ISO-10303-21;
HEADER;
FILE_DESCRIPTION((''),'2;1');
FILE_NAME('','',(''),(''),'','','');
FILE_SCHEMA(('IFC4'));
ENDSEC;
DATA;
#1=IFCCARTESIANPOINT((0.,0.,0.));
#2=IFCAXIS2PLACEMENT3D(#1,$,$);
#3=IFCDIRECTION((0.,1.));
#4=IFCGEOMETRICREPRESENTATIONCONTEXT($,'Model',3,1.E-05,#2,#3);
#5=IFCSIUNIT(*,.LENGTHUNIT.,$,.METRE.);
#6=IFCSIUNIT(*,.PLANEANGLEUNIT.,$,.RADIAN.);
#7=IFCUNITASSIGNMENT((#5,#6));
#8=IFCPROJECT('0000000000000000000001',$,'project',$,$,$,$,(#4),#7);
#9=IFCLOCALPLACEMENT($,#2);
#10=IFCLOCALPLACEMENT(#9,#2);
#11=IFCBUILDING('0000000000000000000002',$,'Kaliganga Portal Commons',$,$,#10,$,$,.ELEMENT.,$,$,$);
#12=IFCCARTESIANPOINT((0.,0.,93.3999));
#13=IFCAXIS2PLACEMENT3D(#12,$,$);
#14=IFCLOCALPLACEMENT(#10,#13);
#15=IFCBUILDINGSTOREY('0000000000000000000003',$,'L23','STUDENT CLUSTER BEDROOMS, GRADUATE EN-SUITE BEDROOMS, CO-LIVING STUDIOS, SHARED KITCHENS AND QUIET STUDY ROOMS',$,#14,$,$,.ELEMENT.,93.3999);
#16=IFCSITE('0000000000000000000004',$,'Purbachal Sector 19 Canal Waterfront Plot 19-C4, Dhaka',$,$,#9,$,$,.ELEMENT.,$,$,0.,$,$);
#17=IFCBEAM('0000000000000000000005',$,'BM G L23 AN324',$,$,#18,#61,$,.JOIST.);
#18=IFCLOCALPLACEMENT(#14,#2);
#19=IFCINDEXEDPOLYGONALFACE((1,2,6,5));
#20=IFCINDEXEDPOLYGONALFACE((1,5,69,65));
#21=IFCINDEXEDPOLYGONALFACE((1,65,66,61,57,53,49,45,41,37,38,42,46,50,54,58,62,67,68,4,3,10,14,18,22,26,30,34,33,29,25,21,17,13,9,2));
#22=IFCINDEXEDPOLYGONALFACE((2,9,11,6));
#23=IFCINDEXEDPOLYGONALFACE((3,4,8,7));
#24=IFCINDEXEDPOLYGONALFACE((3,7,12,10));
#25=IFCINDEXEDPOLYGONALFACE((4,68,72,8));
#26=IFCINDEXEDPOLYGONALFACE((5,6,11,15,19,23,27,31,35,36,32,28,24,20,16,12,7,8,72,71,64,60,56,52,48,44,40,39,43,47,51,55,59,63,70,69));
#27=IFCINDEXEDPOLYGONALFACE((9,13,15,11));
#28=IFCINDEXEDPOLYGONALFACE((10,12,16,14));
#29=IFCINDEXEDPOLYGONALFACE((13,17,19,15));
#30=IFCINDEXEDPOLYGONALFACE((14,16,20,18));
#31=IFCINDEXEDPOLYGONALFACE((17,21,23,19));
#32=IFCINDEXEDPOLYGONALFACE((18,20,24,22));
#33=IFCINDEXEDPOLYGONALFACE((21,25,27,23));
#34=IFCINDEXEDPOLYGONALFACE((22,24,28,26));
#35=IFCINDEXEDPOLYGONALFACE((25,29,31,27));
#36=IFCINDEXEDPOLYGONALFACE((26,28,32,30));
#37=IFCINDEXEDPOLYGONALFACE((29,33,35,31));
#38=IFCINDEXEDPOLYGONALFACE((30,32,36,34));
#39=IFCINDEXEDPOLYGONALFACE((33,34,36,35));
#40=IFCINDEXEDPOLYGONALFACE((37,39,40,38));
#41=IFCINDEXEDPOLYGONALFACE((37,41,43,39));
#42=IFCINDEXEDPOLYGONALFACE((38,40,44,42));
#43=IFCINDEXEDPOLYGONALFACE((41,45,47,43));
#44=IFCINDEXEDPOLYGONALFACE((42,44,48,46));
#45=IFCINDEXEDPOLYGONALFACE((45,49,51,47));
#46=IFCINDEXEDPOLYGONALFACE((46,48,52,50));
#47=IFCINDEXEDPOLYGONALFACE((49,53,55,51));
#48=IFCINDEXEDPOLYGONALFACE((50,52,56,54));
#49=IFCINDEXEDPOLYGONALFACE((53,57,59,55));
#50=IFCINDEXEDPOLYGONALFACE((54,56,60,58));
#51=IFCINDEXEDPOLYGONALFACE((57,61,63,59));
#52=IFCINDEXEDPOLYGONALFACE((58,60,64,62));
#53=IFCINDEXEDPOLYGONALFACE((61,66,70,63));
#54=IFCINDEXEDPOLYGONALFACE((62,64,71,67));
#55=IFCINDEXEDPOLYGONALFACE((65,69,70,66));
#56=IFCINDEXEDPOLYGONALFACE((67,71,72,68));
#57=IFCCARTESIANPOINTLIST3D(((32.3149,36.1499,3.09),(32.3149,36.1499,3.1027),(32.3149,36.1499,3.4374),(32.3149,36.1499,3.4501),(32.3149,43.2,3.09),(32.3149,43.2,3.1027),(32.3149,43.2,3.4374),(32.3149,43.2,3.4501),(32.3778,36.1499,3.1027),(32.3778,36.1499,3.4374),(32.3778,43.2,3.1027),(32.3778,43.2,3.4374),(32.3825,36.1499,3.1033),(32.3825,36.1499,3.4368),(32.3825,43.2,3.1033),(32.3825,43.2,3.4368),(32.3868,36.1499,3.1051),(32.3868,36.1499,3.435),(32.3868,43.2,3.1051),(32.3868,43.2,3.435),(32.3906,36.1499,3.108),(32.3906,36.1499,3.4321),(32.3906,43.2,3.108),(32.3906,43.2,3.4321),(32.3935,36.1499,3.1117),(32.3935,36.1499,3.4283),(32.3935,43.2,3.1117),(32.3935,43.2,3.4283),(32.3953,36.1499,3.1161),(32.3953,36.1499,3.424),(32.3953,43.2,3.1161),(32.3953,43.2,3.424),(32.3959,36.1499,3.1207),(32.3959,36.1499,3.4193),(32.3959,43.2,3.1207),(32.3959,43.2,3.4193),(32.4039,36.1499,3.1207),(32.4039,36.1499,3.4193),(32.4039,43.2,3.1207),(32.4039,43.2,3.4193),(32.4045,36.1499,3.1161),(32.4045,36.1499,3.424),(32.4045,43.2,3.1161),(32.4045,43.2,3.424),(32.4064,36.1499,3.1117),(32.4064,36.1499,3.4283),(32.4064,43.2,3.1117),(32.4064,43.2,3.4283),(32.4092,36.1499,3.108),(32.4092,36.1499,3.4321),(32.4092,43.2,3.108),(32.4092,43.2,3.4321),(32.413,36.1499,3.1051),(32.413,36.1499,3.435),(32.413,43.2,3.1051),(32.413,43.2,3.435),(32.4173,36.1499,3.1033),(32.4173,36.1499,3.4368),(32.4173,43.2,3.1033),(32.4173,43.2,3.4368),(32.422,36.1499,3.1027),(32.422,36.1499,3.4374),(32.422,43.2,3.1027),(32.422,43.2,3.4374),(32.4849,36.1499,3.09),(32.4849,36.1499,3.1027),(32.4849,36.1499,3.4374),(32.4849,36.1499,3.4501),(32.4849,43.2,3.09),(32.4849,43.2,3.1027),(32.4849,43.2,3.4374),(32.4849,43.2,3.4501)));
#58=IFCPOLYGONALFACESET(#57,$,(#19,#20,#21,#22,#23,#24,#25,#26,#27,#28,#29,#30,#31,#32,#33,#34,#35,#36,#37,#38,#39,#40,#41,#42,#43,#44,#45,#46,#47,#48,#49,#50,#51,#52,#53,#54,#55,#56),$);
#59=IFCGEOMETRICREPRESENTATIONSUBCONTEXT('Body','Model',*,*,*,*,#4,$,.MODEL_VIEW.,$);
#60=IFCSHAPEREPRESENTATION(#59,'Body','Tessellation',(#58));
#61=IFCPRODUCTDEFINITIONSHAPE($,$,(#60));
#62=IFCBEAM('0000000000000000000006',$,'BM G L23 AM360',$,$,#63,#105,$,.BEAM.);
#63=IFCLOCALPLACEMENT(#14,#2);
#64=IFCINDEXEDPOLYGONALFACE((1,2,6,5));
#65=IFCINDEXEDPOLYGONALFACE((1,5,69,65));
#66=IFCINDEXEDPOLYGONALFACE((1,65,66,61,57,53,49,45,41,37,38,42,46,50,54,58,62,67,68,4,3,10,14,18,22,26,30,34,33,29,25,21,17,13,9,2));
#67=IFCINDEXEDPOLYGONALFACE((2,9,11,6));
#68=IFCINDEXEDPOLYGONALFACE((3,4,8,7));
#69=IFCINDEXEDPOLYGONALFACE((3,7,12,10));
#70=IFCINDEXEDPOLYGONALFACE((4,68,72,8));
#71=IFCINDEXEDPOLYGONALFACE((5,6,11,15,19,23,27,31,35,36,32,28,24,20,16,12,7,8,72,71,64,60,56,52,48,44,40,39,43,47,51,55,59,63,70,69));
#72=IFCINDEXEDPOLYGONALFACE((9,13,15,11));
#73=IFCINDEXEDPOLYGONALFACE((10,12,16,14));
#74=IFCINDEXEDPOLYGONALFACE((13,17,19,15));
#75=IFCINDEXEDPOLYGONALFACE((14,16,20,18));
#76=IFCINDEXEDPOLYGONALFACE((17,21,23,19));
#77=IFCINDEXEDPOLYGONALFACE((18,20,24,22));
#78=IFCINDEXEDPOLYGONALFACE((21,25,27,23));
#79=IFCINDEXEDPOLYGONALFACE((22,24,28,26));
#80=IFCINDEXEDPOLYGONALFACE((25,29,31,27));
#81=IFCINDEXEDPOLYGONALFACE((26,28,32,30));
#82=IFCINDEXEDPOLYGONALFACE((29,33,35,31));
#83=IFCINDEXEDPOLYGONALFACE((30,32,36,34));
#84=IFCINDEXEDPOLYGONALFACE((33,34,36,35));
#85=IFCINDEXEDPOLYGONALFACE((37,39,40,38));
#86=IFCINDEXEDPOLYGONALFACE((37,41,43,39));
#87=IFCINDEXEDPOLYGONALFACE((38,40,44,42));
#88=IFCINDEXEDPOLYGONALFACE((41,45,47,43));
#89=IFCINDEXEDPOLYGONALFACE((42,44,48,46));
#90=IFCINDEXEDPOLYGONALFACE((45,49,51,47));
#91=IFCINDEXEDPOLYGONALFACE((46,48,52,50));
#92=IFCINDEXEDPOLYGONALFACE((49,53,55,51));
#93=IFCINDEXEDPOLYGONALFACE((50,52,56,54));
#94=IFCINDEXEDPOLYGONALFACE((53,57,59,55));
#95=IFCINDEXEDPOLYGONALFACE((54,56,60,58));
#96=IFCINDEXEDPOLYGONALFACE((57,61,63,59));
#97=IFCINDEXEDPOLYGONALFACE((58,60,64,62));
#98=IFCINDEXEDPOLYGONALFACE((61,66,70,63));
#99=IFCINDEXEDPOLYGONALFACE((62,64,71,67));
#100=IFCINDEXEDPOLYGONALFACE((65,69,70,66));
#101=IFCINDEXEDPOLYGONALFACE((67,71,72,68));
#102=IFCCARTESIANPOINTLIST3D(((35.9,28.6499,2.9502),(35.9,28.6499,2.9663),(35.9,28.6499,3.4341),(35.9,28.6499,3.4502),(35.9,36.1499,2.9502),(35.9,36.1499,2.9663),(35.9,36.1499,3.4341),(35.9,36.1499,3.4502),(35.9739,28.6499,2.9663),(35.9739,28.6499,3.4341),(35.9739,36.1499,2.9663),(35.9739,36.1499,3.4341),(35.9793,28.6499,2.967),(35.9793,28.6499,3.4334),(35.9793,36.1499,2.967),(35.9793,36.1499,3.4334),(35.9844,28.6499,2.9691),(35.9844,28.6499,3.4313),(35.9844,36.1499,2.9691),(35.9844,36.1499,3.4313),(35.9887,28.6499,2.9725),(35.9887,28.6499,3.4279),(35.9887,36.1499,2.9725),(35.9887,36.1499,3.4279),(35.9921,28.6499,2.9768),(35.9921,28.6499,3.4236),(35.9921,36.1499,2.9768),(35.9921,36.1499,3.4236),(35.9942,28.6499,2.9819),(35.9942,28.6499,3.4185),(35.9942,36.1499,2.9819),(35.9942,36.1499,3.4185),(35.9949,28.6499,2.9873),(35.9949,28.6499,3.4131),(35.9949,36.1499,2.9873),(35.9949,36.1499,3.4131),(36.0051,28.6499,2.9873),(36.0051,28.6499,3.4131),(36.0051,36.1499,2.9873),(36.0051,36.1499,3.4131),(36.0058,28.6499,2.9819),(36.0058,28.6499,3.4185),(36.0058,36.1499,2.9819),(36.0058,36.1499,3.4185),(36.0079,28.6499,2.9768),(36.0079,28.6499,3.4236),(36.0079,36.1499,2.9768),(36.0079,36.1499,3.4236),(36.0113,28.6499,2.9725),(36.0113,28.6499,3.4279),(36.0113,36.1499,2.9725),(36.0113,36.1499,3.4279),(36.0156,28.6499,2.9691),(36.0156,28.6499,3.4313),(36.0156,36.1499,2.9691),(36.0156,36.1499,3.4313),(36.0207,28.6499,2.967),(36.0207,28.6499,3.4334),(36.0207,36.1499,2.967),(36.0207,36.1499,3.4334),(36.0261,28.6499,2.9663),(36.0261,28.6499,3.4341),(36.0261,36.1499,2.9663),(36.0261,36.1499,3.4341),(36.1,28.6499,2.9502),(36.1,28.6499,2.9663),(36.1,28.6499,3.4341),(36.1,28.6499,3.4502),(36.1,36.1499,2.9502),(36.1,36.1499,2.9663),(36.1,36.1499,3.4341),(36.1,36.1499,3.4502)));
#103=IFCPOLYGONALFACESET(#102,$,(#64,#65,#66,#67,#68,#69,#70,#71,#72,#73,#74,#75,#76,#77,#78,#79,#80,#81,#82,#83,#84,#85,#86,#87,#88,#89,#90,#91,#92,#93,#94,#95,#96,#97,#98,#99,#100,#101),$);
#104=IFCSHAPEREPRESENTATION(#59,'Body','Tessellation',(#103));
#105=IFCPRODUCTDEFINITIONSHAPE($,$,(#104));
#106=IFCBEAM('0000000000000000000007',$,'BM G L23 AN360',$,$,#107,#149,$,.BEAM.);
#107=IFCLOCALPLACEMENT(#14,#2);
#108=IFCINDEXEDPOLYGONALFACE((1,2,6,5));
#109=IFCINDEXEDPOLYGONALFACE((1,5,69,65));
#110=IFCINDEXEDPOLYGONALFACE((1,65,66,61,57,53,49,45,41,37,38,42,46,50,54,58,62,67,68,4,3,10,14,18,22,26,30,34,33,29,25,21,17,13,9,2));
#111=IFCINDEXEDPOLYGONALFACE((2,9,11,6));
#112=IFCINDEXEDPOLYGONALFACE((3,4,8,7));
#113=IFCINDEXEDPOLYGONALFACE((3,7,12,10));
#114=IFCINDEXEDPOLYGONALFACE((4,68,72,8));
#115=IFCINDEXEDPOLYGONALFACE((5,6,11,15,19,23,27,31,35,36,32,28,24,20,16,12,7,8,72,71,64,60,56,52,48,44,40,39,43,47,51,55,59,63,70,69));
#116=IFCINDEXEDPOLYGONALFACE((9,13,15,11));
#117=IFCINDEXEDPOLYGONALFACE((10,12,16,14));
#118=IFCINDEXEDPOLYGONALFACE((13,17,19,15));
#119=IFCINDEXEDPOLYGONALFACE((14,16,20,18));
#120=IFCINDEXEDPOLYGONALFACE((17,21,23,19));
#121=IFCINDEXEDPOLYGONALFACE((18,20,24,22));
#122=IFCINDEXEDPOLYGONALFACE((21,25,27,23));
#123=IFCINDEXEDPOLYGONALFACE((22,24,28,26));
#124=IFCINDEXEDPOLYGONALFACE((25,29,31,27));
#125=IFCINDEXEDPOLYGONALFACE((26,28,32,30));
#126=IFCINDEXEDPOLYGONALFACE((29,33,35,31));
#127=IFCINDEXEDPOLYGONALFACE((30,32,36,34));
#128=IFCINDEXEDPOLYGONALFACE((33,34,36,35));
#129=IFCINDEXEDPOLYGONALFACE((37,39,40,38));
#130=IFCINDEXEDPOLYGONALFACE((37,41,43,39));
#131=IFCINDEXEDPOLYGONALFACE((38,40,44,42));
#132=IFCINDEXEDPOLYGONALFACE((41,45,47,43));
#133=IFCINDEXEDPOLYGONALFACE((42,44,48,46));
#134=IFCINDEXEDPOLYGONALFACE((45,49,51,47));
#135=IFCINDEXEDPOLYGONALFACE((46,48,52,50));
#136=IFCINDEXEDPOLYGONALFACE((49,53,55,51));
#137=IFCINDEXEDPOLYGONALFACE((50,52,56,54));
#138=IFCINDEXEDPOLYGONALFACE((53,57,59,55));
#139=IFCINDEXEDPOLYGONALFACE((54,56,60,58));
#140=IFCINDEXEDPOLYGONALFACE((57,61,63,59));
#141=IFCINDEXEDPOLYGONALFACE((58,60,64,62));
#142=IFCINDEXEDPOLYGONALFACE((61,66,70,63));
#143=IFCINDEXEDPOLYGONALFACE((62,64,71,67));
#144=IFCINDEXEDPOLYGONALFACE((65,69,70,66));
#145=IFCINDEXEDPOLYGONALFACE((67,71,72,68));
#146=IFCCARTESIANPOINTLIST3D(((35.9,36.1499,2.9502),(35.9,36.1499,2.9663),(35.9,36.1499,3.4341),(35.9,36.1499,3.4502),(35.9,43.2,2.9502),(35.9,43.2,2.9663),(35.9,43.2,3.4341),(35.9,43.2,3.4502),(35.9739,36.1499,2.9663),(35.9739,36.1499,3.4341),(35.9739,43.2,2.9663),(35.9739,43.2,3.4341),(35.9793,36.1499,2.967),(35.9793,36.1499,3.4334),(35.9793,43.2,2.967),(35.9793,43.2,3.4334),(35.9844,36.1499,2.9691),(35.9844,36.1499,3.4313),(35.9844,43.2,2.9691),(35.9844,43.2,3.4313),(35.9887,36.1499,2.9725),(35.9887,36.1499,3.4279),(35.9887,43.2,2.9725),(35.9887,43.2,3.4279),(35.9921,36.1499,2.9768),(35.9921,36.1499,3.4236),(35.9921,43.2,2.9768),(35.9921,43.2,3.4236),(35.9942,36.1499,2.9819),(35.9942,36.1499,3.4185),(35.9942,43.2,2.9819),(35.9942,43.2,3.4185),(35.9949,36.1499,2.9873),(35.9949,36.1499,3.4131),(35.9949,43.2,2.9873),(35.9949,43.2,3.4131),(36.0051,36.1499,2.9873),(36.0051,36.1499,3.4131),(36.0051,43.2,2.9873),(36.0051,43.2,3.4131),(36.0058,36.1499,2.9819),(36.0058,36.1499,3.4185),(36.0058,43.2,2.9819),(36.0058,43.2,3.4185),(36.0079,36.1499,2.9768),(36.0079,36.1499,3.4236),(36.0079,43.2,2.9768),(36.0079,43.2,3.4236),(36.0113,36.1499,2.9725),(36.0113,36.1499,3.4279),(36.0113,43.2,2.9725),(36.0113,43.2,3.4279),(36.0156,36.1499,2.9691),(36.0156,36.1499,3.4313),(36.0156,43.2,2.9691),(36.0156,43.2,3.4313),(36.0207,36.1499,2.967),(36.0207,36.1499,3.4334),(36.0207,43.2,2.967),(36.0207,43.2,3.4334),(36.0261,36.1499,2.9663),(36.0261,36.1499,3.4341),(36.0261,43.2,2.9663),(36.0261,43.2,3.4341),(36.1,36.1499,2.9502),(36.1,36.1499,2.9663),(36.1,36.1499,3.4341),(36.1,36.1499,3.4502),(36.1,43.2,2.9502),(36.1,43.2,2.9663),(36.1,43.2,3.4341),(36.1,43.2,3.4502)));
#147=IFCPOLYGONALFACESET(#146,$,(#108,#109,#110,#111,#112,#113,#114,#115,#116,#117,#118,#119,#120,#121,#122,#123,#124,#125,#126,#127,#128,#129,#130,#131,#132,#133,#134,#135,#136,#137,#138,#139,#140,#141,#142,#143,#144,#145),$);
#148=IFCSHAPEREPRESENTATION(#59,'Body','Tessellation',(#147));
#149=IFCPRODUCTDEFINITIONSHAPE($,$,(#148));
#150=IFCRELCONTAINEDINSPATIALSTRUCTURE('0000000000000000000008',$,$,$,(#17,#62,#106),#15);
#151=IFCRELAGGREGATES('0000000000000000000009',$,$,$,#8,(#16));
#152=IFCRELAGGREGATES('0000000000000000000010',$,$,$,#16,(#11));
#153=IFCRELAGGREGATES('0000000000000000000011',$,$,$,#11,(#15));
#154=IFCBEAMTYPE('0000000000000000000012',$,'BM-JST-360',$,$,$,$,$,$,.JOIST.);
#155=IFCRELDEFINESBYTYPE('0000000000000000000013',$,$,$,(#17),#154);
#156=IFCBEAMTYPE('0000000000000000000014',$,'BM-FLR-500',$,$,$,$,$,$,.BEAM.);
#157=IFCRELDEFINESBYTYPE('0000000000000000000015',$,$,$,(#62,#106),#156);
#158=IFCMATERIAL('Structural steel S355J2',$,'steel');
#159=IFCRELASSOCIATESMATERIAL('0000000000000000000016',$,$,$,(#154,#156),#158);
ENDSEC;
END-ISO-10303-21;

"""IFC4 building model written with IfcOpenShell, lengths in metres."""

from ifc_helpers import new_model, si_unit, direction, frame, origin, origin_2d, place, context, subcontext, project, spatial, i_section, extrude, source, transform, mapped, material, material_profile, profile_set, type_object, element, save


model = new_model("IFC4")

# Units and contexts
model_context = context("Model", 3, precision=1e-05, world=origin(), true_north=direction((0.0, 1.0)))
body_context = subcontext(model_context, "Body", "Model", "MODEL_VIEW")
ifc_project = project(units=[si_unit("LENGTHUNIT", "METRE"), si_unit("PLANEANGLEUNIT", "RADIAN")], contexts=[model_context])

# Site, building, storey
site_placement = place(None, origin())
site = spatial("IfcSite", under=ifc_project, at=site_placement, Name="Purbachal Sector 19 Canal Waterfront Plot 19-C4, Dhaka", CompositionType="ELEMENT", RefElevation=0.0)
building_placement = place(site_placement, origin())
building = spatial("IfcBuilding", under=site, at=building_placement, Name="Kaliganga Portal Commons", CompositionType="ELEMENT")
storey_placement = place(building_placement, frame((0.0, 0.0, 93.3999)))
storey = spatial("IfcBuildingStorey", under=building, at=storey_placement, Name="L23", Description="STUDENT CLUSTER BEDROOMS, GRADUATE EN-SUITE BEDROOMS, CO-LIVING STUDIOS, SHARED KITCHENS AND QUIET STUDY ROOMS", CompositionType="ELEMENT", Elevation=93.3999)

# Beams
ifc_material_1 = material(Name="Structural steel S355J2", Category="steel")
ifc_material_profile_1 = material_profile(ifc_material_1, i_section(OverallWidth=0.1699, OverallDepth=0.3601, WebThickness=0.0081, FlangeThickness=0.0127, FilletRadius=0.0181, at=origin_2d()), Name="IPE 360")
ifc_profile_set_1 = profile_set([ifc_material_profile_1], Name="Structural steel S355J2 wide-flange")
beam_type_1 = type_object("IfcBeamType", Name="BM-JST-360", PredefinedType="JOIST", material=ifc_profile_set_1)
shared_shape_1 = source(origin(), body_context, "Body", "SweptSolid", [
    extrude(i_section(OverallWidth=0.1699, OverallDepth=0.3601, WebThickness=0.0081, FlangeThickness=0.0127, FilletRadius=0.0181, at=origin_2d()), origin(), (0.0, 0.0, 1.0), 7.05),
])
beam_1_placement = place(storey_placement, frame((32.3999, 36.1499, 3.27), z_axis=(0.0, 1.0, 0.0), x_axis=(-1.0, 0.0, 0.0)))
element("IfcBeam", 1, at=beam_1_placement, inside=storey, type_object=beam_type_1, Name="BM G L23 AN324", PredefinedType="JOIST", context=body_context, shape_type="MappedRepresentation", body=[
    mapped(shared_shape_1, transform((0.0, 0.0, 0.0), x_axis=(1.0, 0.0, 0.0), y_axis=(0.0, 1.0, 0.0), z_axis=(0.0, 0.0, 1.0), scale=1.0)),
])
ifc_material_profile_2 = material_profile(ifc_material_1, i_section(OverallWidth=0.2, OverallDepth=0.5, WebThickness=0.0103, FlangeThickness=0.0161, FilletRadius=0.021, at=origin_2d()), Name="IPE 500")
ifc_profile_set_2 = profile_set([ifc_material_profile_2], Name="Structural steel S355J2 wide-flange")
beam_type_2 = type_object("IfcBeamType", Name="BM-FLR-500", PredefinedType="BEAM", material=ifc_profile_set_2)
shared_shape_2 = source(origin(), body_context, "Body", "SweptSolid", [
    extrude(i_section(OverallWidth=0.2, OverallDepth=0.5, WebThickness=0.0103, FlangeThickness=0.0161, FilletRadius=0.021, at=origin_2d()), origin(), (0.0, 0.0, 1.0), 7.5),
])
beam_2_placement = place(storey_placement, frame((36.0, 28.6499, 3.2002), z_axis=(0.0, 1.0, 0.0), x_axis=(-1.0, 0.0, 0.0)))
element("IfcBeam", 2, at=beam_2_placement, inside=storey, type_object=beam_type_2, Name="BM G L23 AM360", PredefinedType="BEAM", context=body_context, shape_type="MappedRepresentation", body=[
    mapped(shared_shape_2, transform((0.0, 0.0, 0.0), x_axis=(1.0, 0.0, 0.0), y_axis=(0.0, 1.0, 0.0), z_axis=(0.0, 0.0, 1.0), scale=1.0)),
])
shared_shape_3 = source(origin(), body_context, "Body", "SweptSolid", [
    extrude(i_section(OverallWidth=0.2, OverallDepth=0.5, WebThickness=0.0103, FlangeThickness=0.0161, FilletRadius=0.021, at=origin_2d()), origin(), (0.0, 0.0, 1.0), 7.05),
])
beam_3_placement = place(storey_placement, frame((36.0, 36.1499, 3.2002), z_axis=(0.0, 1.0, 0.0), x_axis=(-1.0, 0.0, 0.0)))
element("IfcBeam", 3, at=beam_3_placement, inside=storey, type_object=beam_type_2, Name="BM G L23 AN360", PredefinedType="BEAM", context=body_context, shape_type="MappedRepresentation", body=[
    mapped(shared_shape_3, transform((0.0, 0.0, 0.0), x_axis=(1.0, 0.0, 0.0), y_axis=(0.0, 1.0, 0.0), z_axis=(0.0, 0.0, 1.0), scale=1.0)),
])

save(model, "model.ifc")
